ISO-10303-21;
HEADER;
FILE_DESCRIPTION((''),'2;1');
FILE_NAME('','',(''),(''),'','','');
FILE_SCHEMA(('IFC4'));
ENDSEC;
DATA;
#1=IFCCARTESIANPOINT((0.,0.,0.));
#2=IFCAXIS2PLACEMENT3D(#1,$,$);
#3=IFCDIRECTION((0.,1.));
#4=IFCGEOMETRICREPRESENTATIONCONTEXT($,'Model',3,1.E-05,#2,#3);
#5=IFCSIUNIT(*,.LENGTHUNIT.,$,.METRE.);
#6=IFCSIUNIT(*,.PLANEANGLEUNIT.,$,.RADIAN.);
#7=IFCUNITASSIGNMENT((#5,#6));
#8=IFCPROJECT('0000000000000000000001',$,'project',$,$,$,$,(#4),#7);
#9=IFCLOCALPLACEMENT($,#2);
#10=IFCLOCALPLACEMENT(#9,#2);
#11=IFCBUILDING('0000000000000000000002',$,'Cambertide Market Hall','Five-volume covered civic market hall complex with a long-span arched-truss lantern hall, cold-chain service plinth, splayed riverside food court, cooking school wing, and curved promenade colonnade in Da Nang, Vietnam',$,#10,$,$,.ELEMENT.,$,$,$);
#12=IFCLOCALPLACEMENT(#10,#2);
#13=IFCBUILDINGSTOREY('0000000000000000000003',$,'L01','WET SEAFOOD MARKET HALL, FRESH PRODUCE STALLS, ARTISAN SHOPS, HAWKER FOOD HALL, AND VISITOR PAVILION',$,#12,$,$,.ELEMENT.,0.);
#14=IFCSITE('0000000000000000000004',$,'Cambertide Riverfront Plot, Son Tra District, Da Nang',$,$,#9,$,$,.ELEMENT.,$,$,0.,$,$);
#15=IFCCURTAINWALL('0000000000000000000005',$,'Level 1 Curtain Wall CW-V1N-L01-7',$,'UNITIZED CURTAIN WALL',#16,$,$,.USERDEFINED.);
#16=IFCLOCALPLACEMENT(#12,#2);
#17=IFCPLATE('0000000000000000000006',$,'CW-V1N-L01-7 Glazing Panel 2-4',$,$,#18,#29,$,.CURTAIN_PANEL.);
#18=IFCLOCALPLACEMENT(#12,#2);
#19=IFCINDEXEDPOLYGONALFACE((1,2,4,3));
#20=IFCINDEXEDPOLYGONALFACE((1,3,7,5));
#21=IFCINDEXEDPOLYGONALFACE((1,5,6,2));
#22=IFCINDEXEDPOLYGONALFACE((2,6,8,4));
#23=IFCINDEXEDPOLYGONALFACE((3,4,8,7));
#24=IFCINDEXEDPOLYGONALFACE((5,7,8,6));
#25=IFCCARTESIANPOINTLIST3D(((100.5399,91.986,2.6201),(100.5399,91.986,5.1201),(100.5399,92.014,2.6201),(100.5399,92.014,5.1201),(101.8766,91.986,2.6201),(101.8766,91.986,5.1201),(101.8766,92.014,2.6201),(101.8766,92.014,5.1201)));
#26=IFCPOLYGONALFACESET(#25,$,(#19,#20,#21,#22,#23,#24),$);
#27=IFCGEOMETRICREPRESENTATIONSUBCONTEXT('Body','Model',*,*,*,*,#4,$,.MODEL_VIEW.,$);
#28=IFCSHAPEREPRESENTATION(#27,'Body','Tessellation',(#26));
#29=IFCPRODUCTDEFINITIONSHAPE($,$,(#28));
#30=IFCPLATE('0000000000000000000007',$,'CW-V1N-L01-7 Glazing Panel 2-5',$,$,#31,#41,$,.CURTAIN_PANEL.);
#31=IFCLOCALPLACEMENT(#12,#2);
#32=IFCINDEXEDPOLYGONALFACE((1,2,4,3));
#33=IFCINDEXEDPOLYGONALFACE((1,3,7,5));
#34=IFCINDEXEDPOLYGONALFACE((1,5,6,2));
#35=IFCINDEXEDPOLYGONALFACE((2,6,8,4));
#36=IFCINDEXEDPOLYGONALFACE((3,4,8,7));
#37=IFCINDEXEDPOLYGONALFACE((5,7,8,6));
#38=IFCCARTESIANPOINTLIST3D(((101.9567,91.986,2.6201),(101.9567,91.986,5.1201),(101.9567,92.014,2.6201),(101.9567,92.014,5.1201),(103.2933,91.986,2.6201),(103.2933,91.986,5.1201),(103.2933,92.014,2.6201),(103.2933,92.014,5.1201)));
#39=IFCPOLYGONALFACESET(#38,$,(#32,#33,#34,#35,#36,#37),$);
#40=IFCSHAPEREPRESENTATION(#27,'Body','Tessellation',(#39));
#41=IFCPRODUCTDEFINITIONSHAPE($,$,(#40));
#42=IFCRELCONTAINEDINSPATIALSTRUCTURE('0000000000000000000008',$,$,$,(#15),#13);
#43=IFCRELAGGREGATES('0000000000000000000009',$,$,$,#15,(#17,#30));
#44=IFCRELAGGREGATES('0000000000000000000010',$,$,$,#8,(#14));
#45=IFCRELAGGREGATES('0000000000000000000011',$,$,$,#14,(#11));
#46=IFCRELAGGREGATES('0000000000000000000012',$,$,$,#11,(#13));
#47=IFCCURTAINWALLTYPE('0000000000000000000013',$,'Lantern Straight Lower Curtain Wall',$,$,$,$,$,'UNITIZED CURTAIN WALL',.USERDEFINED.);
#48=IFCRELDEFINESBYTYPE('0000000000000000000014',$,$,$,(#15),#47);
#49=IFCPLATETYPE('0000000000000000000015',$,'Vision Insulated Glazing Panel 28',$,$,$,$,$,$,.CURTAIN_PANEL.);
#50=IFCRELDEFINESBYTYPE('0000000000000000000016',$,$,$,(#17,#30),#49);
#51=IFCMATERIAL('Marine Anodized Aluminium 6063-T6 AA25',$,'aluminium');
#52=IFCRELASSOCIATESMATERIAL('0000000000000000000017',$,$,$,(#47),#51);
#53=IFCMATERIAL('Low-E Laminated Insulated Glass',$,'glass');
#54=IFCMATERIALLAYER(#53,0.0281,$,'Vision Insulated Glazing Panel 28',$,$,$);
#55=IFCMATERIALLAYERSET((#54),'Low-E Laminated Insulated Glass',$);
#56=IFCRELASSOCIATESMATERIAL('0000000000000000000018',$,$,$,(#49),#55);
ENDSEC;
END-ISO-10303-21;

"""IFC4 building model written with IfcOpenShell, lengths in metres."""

from ifc_helpers import new_model, si_unit, direction, frame, origin, origin_2d, place, context, subcontext, project, spatial, rectangle, extrude, material, layer, layer_set, type_object, element, aggregate, save


model = new_model("IFC4")

# Units and contexts
model_context = context("Model", 3, precision=1e-05, world=origin(), true_north=direction((0.0, 1.0)))
body_context = subcontext(model_context, "Body", "Model", "MODEL_VIEW")
ifc_project = project(units=[si_unit("LENGTHUNIT", "METRE"), si_unit("PLANEANGLEUNIT", "RADIAN")], contexts=[model_context])

# Site, building, storey
site_placement = place(None, origin())
site = spatial("IfcSite", under=ifc_project, at=site_placement, Name="Cambertide Riverfront Plot, Son Tra District, Da Nang", CompositionType="ELEMENT", RefElevation=0.0)
building_placement = place(site_placement, origin())
building = spatial("IfcBuilding", under=site, at=building_placement, Name="Cambertide Market Hall", Description="Five-volume covered civic market hall complex with a long-span arched-truss lantern hall, cold-chain service plinth, splayed riverside food court, cooking school wing, and curved promenade colonnade in Da Nang, Vietnam", CompositionType="ELEMENT")
storey_placement = place(building_placement, origin())
storey = spatial("IfcBuildingStorey", under=building, at=storey_placement, Name="L01", Description="WET SEAFOOD MARKET HALL, FRESH PRODUCE STALLS, ARTISAN SHOPS, HAWKER FOOD HALL, AND VISITOR PAVILION", CompositionType="ELEMENT", Elevation=0.0)

# Curtain wall, plates
ifc_material_1 = material(Name="Marine Anodized Aluminium 6063-T6 AA25", Category="aluminium")
curtain_wall_type = type_object("IfcCurtainWallType", Name="Lantern Straight Lower Curtain Wall", ElementType="UNITIZED CURTAIN WALL", PredefinedType="USERDEFINED", material=ifc_material_1)
curtain_wall_placement = place(storey_placement, origin())
curtain_wall = element("IfcCurtainWall", 1, at=curtain_wall_placement, inside=storey, type_object=curtain_wall_type, Name="Level 1 Curtain Wall CW-V1N-L01-7", ObjectType="UNITIZED CURTAIN WALL", PredefinedType="USERDEFINED")
ifc_material_2 = material(Name="Low-E Laminated Insulated Glass", Category="glass")
ifc_layer = layer(ifc_material_2, 0.0281, Name="Vision Insulated Glazing Panel 28")
ifc_layer_set = layer_set([ifc_layer], Name="Low-E Laminated Insulated Glass")
plate_type = type_object("IfcPlateType", Name="Vision Insulated Glazing Panel 28", PredefinedType="CURTAIN_PANEL", material=ifc_layer_set)
plate_1_placement = place(storey_placement, frame((101.2083, 92.0, 2.6201), z_axis=(0.0, 0.0, 1.0), x_axis=(1.0, 0.0, 0.0)))
plate_1 = element("IfcPlate", 2, at=plate_1_placement, type_object=plate_type, Name="CW-V1N-L01-7 Glazing Panel 2-4", PredefinedType="CURTAIN_PANEL", context=body_context, shape_type="SweptSolid", body=[
    extrude(rectangle(XDim=1.3367, YDim=0.0281, at=origin_2d()), origin(), (0.0, 0.0, 1.0), 2.5),
])
plate_2_placement = place(storey_placement, frame((102.625, 92.0, 2.6201), z_axis=(0.0, 0.0, 1.0), x_axis=(1.0, 0.0, 0.0)))
plate_2 = element("IfcPlate", 3, at=plate_2_placement, type_object=plate_type, Name="CW-V1N-L01-7 Glazing Panel 2-5", PredefinedType="CURTAIN_PANEL", context=body_context, shape_type="SweptSolid", body=[
    extrude(rectangle(XDim=1.3367, YDim=0.0281, at=origin_2d()), origin(), (0.0, 0.0, 1.0), 2.5),
])
aggregate(curtain_wall, [plate_1, plate_2])

save(model, "model.ifc")
